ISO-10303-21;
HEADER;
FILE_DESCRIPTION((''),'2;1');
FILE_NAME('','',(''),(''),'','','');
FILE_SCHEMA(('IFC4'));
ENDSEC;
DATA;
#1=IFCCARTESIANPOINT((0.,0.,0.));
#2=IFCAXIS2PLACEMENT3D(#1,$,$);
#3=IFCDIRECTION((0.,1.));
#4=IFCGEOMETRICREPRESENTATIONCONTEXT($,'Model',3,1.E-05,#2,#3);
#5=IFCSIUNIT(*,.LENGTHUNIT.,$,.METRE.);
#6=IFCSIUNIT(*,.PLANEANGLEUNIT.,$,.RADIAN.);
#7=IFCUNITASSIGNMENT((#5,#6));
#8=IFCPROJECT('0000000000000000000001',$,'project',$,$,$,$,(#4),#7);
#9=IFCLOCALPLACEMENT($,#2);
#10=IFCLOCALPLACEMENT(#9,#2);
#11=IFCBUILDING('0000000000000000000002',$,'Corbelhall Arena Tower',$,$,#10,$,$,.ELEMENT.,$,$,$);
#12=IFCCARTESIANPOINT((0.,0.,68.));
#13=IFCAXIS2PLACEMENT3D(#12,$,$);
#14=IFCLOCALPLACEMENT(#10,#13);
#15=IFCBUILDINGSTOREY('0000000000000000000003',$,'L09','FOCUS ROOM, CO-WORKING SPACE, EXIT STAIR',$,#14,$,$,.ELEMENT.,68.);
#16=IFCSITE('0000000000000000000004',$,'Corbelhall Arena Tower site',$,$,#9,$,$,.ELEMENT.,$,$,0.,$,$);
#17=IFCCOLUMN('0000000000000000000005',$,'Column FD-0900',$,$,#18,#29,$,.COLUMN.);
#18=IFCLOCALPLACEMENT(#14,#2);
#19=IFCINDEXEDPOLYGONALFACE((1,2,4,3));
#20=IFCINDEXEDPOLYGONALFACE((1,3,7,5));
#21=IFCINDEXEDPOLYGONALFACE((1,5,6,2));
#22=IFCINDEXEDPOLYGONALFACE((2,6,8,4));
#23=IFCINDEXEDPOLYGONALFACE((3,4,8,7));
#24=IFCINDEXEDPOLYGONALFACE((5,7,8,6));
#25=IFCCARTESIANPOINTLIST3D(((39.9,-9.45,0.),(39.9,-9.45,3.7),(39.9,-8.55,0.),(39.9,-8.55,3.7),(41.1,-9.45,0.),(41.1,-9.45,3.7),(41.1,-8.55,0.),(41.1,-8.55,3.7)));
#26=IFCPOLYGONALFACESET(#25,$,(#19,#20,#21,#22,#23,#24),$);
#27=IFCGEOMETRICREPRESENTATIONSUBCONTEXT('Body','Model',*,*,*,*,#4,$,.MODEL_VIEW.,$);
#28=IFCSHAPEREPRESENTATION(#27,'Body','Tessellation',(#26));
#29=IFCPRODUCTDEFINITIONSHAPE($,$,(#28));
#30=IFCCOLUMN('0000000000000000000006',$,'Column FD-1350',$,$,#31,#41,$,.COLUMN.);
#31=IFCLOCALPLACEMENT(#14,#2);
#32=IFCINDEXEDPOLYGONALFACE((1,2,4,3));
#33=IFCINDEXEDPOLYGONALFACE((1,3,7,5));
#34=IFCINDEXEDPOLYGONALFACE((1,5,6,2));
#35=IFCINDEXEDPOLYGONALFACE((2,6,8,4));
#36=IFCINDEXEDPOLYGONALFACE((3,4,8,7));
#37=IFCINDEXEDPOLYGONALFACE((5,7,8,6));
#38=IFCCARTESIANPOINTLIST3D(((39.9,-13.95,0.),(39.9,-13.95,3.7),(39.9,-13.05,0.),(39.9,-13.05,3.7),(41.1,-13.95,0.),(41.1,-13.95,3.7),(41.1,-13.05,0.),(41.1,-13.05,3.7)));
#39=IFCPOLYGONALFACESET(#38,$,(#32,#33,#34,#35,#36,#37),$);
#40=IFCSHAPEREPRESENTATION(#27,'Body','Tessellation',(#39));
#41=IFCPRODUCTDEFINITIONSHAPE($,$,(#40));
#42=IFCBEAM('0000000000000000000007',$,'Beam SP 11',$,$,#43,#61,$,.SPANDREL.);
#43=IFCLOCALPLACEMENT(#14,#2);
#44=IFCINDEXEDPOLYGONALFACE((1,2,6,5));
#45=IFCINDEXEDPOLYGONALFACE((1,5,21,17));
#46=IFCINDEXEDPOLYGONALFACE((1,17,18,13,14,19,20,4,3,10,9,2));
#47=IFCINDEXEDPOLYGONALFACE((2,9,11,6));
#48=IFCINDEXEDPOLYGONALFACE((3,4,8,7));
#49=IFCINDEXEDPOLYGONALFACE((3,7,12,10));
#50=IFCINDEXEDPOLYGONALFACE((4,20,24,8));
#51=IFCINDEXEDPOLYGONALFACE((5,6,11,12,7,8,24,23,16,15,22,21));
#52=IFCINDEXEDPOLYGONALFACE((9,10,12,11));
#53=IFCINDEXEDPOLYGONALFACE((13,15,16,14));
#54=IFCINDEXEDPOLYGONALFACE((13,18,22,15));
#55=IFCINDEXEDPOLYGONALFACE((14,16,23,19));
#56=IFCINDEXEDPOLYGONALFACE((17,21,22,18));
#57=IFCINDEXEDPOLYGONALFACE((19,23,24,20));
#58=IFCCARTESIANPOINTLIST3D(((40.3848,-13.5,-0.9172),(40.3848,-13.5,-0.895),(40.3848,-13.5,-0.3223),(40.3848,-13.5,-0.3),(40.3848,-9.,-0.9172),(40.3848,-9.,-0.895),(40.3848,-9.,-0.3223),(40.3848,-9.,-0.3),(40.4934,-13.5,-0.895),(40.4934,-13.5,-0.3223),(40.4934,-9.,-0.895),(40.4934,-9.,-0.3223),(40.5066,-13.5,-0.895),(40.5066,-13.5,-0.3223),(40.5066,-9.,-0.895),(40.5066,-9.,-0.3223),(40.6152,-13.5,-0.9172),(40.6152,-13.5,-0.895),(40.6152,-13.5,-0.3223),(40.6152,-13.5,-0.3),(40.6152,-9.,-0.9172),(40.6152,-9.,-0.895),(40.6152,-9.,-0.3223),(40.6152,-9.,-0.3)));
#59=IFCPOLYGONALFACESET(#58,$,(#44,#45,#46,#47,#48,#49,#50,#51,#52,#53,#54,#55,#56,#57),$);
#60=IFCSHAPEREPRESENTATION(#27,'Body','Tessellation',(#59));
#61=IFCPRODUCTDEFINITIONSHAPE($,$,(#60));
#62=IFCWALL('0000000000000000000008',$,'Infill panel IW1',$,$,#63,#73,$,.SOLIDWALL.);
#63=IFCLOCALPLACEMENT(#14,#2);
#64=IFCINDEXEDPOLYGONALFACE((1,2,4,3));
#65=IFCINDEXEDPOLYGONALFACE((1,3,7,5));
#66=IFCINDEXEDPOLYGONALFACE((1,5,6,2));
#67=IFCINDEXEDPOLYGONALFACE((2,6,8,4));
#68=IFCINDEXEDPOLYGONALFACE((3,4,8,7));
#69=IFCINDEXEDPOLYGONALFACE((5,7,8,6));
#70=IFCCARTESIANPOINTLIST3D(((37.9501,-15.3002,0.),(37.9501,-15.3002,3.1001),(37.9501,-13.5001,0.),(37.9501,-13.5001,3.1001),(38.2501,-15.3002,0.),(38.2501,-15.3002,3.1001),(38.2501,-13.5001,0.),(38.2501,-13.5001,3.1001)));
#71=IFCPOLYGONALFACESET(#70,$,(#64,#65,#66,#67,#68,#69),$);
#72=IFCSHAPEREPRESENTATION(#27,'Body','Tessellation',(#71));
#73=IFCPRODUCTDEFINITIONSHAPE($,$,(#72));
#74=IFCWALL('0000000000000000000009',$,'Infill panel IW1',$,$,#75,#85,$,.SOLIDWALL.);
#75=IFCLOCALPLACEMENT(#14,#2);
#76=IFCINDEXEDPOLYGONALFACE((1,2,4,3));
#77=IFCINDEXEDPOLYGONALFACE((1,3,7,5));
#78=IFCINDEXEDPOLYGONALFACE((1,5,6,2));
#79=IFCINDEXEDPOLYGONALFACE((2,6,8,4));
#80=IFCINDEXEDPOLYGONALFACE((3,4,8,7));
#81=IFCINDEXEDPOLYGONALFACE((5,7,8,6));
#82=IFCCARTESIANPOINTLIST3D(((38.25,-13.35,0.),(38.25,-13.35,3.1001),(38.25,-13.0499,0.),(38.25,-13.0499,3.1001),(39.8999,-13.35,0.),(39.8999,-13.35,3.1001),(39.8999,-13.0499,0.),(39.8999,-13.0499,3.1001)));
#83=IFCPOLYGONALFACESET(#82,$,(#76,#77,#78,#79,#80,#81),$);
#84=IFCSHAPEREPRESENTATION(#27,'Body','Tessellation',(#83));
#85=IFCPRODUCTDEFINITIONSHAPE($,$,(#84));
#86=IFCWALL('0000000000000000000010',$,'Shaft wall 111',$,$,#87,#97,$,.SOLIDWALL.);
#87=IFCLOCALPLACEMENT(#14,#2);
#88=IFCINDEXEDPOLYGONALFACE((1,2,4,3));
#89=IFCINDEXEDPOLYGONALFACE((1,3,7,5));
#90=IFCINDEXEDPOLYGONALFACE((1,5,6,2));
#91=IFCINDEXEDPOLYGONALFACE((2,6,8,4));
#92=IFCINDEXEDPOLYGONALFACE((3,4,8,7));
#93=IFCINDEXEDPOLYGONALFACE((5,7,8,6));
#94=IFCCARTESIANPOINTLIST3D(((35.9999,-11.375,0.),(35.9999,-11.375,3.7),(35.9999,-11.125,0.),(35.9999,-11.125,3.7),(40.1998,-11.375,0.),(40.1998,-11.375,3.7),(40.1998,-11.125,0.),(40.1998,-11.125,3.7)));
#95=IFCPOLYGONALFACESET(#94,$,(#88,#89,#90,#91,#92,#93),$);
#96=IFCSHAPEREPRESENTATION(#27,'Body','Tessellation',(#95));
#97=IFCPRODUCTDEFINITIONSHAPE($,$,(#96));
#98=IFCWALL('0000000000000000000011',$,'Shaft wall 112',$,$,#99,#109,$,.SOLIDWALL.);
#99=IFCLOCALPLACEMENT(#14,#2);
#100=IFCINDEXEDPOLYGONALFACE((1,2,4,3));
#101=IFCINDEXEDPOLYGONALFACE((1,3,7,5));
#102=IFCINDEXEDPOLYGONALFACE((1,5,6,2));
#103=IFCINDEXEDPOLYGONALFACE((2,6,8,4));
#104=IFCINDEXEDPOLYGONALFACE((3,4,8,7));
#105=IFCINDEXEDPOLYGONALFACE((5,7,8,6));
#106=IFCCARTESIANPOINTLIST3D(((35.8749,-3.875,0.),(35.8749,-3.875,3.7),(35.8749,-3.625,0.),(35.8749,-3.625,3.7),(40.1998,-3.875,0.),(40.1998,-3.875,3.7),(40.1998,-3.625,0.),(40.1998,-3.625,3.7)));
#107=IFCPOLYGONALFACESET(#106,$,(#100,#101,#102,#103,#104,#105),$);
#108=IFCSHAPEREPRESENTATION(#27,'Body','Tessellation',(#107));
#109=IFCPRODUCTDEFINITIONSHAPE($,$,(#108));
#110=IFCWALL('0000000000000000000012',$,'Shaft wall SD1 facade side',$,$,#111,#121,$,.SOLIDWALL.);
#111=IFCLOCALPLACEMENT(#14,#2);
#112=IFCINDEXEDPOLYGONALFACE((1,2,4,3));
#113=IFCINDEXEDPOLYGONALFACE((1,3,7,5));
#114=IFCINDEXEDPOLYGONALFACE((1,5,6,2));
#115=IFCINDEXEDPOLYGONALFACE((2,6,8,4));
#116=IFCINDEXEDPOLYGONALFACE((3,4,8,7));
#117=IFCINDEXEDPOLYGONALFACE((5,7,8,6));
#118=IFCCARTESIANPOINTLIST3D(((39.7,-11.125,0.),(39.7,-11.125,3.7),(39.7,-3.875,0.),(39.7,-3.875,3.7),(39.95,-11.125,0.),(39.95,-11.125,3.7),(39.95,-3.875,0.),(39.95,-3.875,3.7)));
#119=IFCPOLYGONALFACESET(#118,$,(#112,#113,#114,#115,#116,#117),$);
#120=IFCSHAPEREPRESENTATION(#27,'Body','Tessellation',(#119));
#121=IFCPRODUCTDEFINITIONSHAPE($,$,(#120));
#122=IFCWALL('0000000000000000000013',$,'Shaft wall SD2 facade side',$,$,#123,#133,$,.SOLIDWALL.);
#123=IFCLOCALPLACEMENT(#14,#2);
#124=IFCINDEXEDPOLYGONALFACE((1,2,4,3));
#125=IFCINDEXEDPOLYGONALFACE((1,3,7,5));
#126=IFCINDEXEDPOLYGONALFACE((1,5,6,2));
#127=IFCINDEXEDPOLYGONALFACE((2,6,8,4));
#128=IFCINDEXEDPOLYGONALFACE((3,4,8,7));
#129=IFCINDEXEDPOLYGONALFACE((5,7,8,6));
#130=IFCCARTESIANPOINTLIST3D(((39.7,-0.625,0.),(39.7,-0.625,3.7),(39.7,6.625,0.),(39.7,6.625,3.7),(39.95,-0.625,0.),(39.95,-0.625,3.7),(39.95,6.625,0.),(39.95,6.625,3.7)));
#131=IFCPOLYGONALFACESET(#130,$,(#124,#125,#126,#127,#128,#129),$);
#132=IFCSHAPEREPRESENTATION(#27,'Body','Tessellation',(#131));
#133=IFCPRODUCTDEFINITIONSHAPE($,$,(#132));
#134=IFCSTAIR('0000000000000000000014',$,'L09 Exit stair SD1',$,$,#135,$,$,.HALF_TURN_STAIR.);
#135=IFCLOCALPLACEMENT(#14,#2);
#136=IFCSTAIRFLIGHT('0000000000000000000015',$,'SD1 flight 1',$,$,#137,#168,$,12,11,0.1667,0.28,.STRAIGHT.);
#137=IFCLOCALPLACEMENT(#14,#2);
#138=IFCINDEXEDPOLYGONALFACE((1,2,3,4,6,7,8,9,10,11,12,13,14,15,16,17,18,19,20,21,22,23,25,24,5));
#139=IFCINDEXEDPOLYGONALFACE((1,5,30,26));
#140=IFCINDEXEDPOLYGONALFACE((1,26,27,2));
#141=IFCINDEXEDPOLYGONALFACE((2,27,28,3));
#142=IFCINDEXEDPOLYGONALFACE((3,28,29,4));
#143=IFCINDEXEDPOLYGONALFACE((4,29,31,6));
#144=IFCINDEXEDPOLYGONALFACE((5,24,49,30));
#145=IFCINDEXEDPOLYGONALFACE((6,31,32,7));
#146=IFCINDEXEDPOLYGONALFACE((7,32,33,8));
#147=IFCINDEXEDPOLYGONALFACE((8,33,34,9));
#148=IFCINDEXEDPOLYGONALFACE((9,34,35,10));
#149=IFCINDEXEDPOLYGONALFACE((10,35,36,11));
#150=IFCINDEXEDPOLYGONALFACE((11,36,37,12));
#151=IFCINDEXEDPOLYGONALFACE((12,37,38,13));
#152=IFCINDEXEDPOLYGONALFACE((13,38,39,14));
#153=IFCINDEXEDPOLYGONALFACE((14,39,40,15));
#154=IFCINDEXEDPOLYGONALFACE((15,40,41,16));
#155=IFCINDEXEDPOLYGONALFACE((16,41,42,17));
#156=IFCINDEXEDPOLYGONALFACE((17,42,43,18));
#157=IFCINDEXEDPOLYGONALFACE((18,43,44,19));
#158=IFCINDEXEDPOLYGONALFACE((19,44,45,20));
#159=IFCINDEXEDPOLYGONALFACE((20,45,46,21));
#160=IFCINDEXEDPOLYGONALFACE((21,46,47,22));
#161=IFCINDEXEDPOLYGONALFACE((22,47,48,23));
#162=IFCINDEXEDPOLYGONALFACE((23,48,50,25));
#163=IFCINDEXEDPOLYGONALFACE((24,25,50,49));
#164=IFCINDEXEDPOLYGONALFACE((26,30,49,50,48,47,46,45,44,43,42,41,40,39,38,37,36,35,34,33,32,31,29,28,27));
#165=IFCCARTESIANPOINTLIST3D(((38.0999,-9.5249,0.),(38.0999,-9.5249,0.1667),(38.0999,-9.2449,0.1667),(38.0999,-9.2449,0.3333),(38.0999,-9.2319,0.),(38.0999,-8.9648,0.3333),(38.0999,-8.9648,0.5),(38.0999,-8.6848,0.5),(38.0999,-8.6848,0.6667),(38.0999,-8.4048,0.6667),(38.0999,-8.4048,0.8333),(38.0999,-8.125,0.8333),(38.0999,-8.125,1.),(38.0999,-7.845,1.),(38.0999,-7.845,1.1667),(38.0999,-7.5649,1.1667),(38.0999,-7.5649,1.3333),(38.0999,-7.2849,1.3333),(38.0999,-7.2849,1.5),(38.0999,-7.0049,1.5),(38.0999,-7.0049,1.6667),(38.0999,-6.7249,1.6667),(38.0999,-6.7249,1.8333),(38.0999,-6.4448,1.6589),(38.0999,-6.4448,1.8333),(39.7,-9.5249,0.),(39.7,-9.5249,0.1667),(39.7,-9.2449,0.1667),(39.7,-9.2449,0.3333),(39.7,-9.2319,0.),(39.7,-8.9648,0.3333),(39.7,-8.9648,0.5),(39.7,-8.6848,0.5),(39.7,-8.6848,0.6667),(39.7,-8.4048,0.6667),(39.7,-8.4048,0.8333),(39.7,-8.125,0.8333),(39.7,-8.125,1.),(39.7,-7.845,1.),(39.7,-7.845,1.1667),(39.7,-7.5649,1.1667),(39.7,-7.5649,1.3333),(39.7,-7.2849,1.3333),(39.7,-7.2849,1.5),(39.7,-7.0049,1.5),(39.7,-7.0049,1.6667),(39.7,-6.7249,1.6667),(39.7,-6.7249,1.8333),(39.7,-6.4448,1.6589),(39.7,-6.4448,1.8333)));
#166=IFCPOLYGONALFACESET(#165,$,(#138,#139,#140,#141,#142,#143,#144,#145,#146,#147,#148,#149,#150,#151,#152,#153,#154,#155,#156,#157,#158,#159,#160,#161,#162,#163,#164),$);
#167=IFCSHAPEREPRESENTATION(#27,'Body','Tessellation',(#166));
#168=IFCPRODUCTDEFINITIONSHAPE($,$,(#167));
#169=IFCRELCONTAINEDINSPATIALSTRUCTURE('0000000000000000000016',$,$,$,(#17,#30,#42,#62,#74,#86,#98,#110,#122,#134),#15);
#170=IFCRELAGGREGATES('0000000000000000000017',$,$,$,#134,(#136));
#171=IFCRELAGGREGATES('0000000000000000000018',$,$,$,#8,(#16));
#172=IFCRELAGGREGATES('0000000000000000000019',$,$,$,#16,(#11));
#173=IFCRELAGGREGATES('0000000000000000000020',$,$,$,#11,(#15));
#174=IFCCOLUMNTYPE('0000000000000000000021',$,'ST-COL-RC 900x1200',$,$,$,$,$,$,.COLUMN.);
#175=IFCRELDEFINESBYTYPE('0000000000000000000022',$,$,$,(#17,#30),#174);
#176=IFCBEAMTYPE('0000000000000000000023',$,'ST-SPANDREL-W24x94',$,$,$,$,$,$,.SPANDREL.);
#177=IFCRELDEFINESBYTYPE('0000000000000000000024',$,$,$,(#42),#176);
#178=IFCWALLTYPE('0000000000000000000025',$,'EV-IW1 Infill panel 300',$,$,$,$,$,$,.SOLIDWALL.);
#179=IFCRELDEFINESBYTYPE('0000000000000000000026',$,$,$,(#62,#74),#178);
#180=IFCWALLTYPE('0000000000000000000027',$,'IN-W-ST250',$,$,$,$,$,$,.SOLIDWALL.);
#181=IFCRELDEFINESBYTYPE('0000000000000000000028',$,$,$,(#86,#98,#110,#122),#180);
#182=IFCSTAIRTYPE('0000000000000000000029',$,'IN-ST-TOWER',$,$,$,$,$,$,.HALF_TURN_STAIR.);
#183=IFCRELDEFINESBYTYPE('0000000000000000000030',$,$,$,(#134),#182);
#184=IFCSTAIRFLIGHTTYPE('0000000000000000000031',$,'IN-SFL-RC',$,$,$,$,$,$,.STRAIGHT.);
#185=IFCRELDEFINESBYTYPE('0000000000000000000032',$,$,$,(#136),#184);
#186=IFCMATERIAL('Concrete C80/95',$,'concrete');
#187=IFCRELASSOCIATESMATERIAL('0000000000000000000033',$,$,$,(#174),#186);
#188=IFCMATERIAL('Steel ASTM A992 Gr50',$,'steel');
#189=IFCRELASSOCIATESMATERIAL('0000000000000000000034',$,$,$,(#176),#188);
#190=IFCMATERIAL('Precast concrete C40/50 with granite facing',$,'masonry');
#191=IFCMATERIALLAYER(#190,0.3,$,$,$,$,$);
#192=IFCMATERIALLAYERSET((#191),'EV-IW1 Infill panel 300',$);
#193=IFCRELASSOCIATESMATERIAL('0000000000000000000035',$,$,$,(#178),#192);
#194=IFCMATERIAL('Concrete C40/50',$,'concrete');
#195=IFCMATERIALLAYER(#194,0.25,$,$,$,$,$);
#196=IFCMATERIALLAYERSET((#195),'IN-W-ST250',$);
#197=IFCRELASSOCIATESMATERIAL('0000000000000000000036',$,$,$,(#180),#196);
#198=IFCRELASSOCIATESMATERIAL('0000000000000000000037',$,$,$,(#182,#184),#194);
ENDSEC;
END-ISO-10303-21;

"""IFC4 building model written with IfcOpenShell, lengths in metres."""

from ifc_helpers import new_model, si_unit, direction, frame, frame_2d, origin, origin_2d, place, context, subcontext, project, spatial, polyline, rectangle, i_section, outline, extrude, material, layer, layer_set, material_profile, profile_set, type_object, element, aggregate, save


model = new_model("IFC4")

# Units and contexts
model_context = context("Model", 3, precision=1e-05, world=origin(), true_north=direction((0.0, 1.0)))
body_context = subcontext(model_context, "Body", "Model", "MODEL_VIEW")
ifc_project = project(units=[si_unit("LENGTHUNIT", "METRE"), si_unit("PLANEANGLEUNIT", "RADIAN")], contexts=[model_context])

# Site, building, storey
site_placement = place(None, origin())
site = spatial("IfcSite", under=ifc_project, at=site_placement, Name="Corbelhall Arena Tower site", CompositionType="ELEMENT", RefElevation=0.0)
building_placement = place(site_placement, origin())
building = spatial("IfcBuilding", under=site, at=building_placement, Name="Corbelhall Arena Tower", CompositionType="ELEMENT")
storey_placement = place(building_placement, frame((0.0, 0.0, 68.0)))
storey = spatial("IfcBuildingStorey", under=building, at=storey_placement, Name="L09", Description="FOCUS ROOM, CO-WORKING SPACE, EXIT STAIR", CompositionType="ELEMENT", Elevation=68.0)

# Columns
ifc_material_1 = material(Name="Concrete C80/95", Category="concrete")
ifc_material_profile_1 = material_profile(ifc_material_1, rectangle(XDim=0.8999, YDim=1.2, at=origin_2d()))
ifc_profile_set_1 = profile_set([ifc_material_profile_1], Name="Concrete C80/95")
column_type = type_object("IfcColumnType", Name="ST-COL-RC 900x1200", PredefinedType="COLUMN", material=ifc_profile_set_1)
for number, where, z_axis, x_axis, name in (
    (1, (40.5, -9.0, 0.0), (0.0, 0.0, 1.0), (0.0, 1.0, 0.0), "Column FD-0900"),
    (2, (40.5, -13.5, 0.0), (0.0, 0.0, 1.0), (0.0, 1.0, 0.0), "Column FD-1350"),
):
    element("IfcColumn", number, at=place(storey_placement, frame(where, z_axis=z_axis, x_axis=x_axis)), inside=storey, type_object=column_type, Name=name, PredefinedType="COLUMN", context=body_context, shape_type="SweptSolid", body=[
        extrude(rectangle(XDim=0.8999, YDim=1.2, at=origin_2d()), origin(), (0.0, 0.0, 1.0), 3.7),
    ])

# Beam
ifc_material_2 = material(Name="Steel ASTM A992 Gr50", Category="steel")
ifc_material_profile_2 = material_profile(ifc_material_2, i_section(OverallWidth=0.2305, OverallDepth=0.6172, WebThickness=0.0132, FlangeThickness=0.0222, at=origin_2d()))
ifc_profile_set_2 = profile_set([ifc_material_profile_2], Name="Steel ASTM A992 Gr50")
beam_type = type_object("IfcBeamType", Name="ST-SPANDREL-W24x94", PredefinedType="SPANDREL", material=ifc_profile_set_2)
beam_placement = place(storey_placement, frame((40.5, -9.0, -0.6086), z_axis=(0.0, -1.0, 0.0), x_axis=(1.0, 0.0, 0.0)))
element("IfcBeam", 3, at=beam_placement, inside=storey, type_object=beam_type, Name="Beam SP 11", PredefinedType="SPANDREL", context=body_context, shape_type="SweptSolid", body=[
    extrude(i_section(OverallWidth=0.2305, OverallDepth=0.6172, WebThickness=0.0132, FlangeThickness=0.0222, at=origin_2d()), origin(), (0.0, 0.0, 1.0), 4.5),
])

# Walls
ifc_material_3 = material(Name="Precast concrete C40/50 with granite facing", Category="masonry")
ifc_layer_1 = layer(ifc_material_3, 0.3)
ifc_layer_set_1 = layer_set([ifc_layer_1], Name="EV-IW1 Infill panel 300")
wall_type_1 = type_object("IfcWallType", Name="EV-IW1 Infill panel 300", PredefinedType="SOLIDWALL", material=ifc_layer_set_1)
wall_1_placement = place(storey_placement, frame((38.1001, -15.3, 0.0), z_axis=(0.0, 0.0, 1.0), x_axis=(0.0, 1.0, 0.0)))
element("IfcWall", 4, at=wall_1_placement, inside=storey, type_object=wall_type_1, Name="Infill panel IW1", PredefinedType="SOLIDWALL", context=body_context, shape_type="SweptSolid", body=[
    extrude(rectangle(XDim=1.8, YDim=0.3, at=frame_2d((0.8999, 0.0))), origin(), (0.0, 0.0, 1.0), 3.1001),
])
wall_2_placement = place(storey_placement, frame((39.8999, -13.2, 0.0), z_axis=(0.0, 0.0, 1.0), x_axis=(-1.0, 0.0, 0.0)))
element("IfcWall", 5, at=wall_2_placement, inside=storey, type_object=wall_type_1, Name="Infill panel IW1", PredefinedType="SOLIDWALL", context=body_context, shape_type="SweptSolid", body=[
    extrude(rectangle(XDim=1.6499, YDim=0.3, at=frame_2d((0.825, 0.0))), origin(), (0.0, 0.0, 1.0), 3.1001),
])

# Walls
ifc_material_4 = material(Name="Concrete C40/50", Category="concrete")
ifc_layer_2 = layer(ifc_material_4, 0.25)
ifc_layer_set_2 = layer_set([ifc_layer_2], Name="IN-W-ST250")
wall_type_2 = type_object("IfcWallType", Name="IN-W-ST250", PredefinedType="SOLIDWALL", material=ifc_layer_set_2)
wall_3_placement = place(storey_placement, frame((40.2, -11.25, 0.0), z_axis=(0.0, 0.0, 1.0), x_axis=(-1.0, 0.0, 0.0)))
element("IfcWall", 6, at=wall_3_placement, inside=storey, type_object=wall_type_2, Name="Shaft wall 111", PredefinedType="SOLIDWALL", context=body_context, shape_type="SweptSolid", body=[
    extrude(rectangle(XDim=4.2, YDim=0.25, at=frame_2d((2.1001, 0.0))), origin(), (0.0, 0.0, 1.0), 3.7),
])
wall_4_placement = place(storey_placement, frame((40.2, -3.75, 0.0), z_axis=(0.0, 0.0, 1.0), x_axis=(-1.0, 0.0, 0.0)))
element("IfcWall", 7, at=wall_4_placement, inside=storey, type_object=wall_type_2, Name="Shaft wall 112", PredefinedType="SOLIDWALL", context=body_context, shape_type="SweptSolid", body=[
    extrude(rectangle(XDim=4.325, YDim=0.25, at=frame_2d((2.1626, 0.0))), origin(), (0.0, 0.0, 1.0), 3.7),
])
for number, where, z_axis, x_axis, name in (
    (8, (39.825, -11.125, 0.0), (0.0, 0.0, 1.0), (0.0, 1.0, 0.0), "Shaft wall SD1 facade side"),
    (9, (39.825, -0.625, 0.0), (0.0, 0.0, 1.0), (0.0, 1.0, 0.0), "Shaft wall SD2 facade side"),
):
    element("IfcWall", number, at=place(storey_placement, frame(where, z_axis=z_axis, x_axis=x_axis)), inside=storey, type_object=wall_type_2, Name=name, PredefinedType="SOLIDWALL", context=body_context, shape_type="SweptSolid", body=[
        extrude(rectangle(XDim=7.25, YDim=0.25, at=frame_2d((3.625, 0.0))), origin(), (0.0, 0.0, 1.0), 3.7),
    ])

# Stair, stair flight
stair_type = type_object("IfcStairType", Name="IN-ST-TOWER", PredefinedType="HALF_TURN_STAIR", material=ifc_material_4)
stair_placement = place(storey_placement, origin())
stair = element("IfcStair", 10, at=stair_placement, inside=storey, type_object=stair_type, Name="L09 Exit stair SD1", PredefinedType="HALF_TURN_STAIR")
stair_flight_type = type_object("IfcStairFlightType", Name="IN-SFL-RC", PredefinedType="STRAIGHT", material=ifc_material_4)
stair_flight_1_placement = place(storey_placement, frame((38.8999, -9.5249, 0.0), z_axis=(0.0, 0.0, 1.0), x_axis=(0.0, 1.0, 0.0)))
stair_flight_1 = element("IfcStairFlight", 11, at=stair_flight_1_placement, type_object=stair_flight_type, Name="SD1 flight 1", NumberOfRisers=12, NumberOfTreads=11, PredefinedType="STRAIGHT", RiserHeight=0.1667, TreadLength=0.28, context=body_context, shape_type="SweptSolid", body=[
    extrude(outline(polyline([(0.0, 0.0), (0.0, 0.1667), (0.28, 0.1667), (0.28, 0.3333), (0.5601, 0.3333), (0.5601, 0.5), (0.8401, 0.5), (0.8401, 0.6667), (1.1201, 0.6667), (1.1201, 0.8333), (1.3999, 0.8333), (1.3999, 1.0), (1.6799, 1.0), (1.6799, 1.1667), (1.96, 1.1667), (1.96, 1.3333), (2.24, 1.3333), (2.24, 1.5), (2.52, 1.5), (2.52, 1.6667), (2.8, 1.6667), (2.8, 1.8333), (3.0801, 1.8333), (3.0801, 2.0), (3.0801, 1.6589), (0.293, 0.0), (0.0, 0.0)])), frame((0.0, 0.8, 0.0), z_axis=(0.0, -1.0, 0.0), x_axis=(1.0, 0.0, 0.0)), (0.0, 0.0, 1.0), 1.6001),
])
aggregate(stair, [stair_flight_1])

save(model, "model.ifc")
